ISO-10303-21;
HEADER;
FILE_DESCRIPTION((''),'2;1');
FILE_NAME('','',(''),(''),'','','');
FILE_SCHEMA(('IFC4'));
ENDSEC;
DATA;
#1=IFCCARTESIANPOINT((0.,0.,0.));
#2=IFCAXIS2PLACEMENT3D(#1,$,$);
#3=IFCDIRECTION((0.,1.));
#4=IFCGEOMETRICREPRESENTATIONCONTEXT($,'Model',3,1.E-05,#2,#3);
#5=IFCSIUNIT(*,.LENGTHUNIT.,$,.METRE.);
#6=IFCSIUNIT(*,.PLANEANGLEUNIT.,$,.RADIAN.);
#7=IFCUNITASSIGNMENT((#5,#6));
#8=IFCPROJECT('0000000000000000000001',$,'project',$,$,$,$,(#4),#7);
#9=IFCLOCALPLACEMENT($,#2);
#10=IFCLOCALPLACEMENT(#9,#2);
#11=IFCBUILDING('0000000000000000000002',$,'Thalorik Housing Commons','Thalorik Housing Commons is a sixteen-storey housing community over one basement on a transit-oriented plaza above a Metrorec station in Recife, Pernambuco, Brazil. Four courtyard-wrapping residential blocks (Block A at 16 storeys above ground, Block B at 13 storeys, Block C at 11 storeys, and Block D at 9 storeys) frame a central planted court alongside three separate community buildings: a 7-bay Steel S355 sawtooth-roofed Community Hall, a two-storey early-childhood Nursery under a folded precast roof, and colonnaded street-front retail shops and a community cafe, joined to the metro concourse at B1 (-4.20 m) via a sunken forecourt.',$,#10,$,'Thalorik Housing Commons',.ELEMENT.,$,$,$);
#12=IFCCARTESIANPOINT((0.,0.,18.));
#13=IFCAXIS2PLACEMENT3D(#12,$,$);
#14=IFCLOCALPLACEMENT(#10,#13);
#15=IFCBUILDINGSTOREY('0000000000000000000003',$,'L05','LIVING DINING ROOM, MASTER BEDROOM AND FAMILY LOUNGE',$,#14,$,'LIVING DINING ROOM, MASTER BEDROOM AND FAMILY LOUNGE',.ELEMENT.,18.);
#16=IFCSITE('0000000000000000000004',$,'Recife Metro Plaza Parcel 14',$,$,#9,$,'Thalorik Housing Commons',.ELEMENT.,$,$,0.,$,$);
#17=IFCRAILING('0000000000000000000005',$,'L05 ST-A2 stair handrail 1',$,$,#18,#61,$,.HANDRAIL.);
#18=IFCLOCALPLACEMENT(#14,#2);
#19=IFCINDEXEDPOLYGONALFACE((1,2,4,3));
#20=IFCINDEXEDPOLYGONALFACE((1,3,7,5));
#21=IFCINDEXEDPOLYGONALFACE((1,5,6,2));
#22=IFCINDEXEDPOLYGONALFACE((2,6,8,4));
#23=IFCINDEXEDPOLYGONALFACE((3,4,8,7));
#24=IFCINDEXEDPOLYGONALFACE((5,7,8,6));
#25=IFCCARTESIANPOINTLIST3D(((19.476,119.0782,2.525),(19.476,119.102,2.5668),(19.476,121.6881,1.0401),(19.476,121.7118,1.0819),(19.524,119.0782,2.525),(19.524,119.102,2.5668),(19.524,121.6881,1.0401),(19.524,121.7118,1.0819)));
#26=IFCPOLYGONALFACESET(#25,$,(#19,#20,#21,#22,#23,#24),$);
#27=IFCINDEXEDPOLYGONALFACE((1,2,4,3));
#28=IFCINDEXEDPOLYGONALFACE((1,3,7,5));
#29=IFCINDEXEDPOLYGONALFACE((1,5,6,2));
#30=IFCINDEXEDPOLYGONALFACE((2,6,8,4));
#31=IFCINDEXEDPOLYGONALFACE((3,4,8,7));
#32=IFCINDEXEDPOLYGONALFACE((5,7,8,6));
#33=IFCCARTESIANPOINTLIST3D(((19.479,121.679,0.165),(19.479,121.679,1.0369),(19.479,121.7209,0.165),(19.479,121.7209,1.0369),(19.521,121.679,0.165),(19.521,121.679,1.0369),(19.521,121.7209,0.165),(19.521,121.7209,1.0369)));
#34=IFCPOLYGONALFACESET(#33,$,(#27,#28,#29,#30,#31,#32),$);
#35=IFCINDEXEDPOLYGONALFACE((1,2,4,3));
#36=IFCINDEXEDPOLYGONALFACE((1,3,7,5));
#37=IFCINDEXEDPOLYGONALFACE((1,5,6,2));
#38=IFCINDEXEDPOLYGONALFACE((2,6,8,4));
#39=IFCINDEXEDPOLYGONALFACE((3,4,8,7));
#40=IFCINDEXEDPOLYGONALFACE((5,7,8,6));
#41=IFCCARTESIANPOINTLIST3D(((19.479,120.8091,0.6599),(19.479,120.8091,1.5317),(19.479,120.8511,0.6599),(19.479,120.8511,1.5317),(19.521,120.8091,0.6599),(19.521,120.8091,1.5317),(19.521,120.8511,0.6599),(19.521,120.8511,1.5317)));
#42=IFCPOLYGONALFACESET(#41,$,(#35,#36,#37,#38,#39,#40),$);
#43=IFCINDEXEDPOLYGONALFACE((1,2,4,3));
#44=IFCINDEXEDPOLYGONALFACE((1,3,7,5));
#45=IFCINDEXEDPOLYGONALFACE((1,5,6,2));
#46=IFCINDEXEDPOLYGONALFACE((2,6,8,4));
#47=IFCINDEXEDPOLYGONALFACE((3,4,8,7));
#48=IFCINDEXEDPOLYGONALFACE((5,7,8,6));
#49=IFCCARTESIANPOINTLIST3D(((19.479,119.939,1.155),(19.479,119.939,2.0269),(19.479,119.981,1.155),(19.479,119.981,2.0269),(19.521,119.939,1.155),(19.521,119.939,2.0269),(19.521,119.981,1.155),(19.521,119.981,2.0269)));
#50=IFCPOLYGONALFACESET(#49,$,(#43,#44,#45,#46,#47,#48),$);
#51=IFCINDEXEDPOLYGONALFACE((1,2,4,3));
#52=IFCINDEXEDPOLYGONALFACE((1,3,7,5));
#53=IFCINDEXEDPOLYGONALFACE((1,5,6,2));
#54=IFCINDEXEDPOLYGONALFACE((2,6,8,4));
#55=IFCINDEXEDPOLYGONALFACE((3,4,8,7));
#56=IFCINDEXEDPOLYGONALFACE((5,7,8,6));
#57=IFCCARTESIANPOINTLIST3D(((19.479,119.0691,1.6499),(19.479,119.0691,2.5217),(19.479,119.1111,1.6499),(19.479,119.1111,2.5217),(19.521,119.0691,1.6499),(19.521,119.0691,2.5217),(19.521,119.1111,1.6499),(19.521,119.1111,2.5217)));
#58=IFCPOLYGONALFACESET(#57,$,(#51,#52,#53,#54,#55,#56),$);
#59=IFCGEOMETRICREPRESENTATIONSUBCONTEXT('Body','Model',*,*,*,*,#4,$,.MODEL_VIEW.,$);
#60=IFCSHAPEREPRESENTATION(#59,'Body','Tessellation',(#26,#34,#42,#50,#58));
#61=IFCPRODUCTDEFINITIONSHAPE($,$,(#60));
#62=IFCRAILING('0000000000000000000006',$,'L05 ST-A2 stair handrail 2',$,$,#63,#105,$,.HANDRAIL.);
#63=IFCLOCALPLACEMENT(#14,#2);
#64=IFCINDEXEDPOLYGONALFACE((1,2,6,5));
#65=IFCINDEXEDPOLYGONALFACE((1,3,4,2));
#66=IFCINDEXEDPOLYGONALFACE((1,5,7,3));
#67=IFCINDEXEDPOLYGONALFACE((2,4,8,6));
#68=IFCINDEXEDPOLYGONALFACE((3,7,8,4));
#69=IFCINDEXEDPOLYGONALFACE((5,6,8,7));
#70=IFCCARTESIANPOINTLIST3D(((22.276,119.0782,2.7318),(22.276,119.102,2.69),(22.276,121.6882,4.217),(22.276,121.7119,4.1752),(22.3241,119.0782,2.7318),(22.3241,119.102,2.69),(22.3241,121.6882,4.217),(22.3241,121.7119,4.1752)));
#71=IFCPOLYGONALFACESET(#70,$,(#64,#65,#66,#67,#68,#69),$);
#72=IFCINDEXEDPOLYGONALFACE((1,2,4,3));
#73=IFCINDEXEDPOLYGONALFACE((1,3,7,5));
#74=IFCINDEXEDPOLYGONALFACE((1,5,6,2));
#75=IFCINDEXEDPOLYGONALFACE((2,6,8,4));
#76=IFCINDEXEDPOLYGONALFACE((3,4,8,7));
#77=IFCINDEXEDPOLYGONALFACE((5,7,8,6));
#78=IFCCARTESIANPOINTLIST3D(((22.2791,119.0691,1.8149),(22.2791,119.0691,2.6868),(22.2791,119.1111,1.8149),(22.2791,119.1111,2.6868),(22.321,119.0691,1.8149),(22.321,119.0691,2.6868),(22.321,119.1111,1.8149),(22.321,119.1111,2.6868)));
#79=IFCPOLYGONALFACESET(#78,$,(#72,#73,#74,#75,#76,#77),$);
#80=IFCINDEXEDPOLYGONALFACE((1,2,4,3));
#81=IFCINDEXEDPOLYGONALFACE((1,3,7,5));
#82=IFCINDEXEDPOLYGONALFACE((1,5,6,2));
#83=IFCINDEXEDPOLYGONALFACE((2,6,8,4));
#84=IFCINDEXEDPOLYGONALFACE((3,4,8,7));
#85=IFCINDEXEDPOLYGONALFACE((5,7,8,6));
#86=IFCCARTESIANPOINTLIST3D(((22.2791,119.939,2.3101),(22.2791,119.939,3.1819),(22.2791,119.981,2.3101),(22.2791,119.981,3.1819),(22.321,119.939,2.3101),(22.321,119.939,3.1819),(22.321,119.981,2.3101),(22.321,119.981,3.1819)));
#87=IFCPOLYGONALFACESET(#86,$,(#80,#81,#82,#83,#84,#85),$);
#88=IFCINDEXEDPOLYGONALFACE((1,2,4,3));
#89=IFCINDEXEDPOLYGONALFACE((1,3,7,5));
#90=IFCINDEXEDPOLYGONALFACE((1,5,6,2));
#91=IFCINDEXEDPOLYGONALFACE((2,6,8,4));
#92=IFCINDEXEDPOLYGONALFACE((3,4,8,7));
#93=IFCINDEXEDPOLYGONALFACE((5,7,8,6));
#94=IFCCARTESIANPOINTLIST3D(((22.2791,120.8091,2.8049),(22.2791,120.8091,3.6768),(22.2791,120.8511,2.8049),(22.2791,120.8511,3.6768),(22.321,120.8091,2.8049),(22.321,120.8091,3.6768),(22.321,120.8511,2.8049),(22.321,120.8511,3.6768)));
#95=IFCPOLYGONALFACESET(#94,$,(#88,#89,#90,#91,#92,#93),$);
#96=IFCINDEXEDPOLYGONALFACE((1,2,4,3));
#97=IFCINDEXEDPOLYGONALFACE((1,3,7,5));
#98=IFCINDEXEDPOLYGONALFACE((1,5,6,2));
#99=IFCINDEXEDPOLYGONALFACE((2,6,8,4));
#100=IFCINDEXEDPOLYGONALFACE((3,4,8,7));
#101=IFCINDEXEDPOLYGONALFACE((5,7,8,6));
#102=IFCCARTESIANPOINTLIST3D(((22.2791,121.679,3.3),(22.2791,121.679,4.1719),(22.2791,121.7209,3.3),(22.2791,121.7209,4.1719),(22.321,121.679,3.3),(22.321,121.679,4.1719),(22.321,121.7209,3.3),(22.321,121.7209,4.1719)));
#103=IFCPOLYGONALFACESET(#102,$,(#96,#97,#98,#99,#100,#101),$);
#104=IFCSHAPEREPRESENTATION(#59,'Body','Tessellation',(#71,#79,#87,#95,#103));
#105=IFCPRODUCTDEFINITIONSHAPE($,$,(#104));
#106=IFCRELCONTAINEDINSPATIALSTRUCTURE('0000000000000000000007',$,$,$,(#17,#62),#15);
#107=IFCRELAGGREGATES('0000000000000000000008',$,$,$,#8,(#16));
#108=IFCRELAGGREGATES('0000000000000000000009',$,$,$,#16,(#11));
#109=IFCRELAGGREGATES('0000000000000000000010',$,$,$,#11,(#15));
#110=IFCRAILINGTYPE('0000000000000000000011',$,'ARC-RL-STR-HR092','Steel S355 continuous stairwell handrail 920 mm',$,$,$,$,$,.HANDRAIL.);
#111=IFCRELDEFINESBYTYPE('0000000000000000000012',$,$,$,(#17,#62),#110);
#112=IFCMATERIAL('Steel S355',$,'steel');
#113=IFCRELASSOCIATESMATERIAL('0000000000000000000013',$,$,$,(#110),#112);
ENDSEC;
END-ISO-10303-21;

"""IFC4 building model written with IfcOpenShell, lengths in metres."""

from ifc_helpers import new_model, si_unit, direction, frame, origin, origin_2d, place, context, subcontext, project, spatial, rectangle, extrude, material, type_object, element, save


model = new_model("IFC4")

# Units and contexts
model_context = context("Model", 3, precision=1e-05, world=origin(), true_north=direction((0.0, 1.0)))
body_context = subcontext(model_context, "Body", "Model", "MODEL_VIEW")
ifc_project = project(units=[si_unit("LENGTHUNIT", "METRE"), si_unit("PLANEANGLEUNIT", "RADIAN")], contexts=[model_context])

# Site, building, storey
site_placement = place(None, origin())
site = spatial("IfcSite", under=ifc_project, at=site_placement, Name="Recife Metro Plaza Parcel 14", LongName="Thalorik Housing Commons", CompositionType="ELEMENT", RefElevation=0.0)
building_placement = place(site_placement, origin())
building = spatial("IfcBuilding", under=site, at=building_placement, Name="Thalorik Housing Commons", Description="Thalorik Housing Commons is a sixteen-storey housing community over one basement on a transit-oriented plaza above a Metrorec station in Recife, Pernambuco, Brazil. Four courtyard-wrapping residential blocks (Block A at 16 storeys above ground, Block B at 13 storeys, Block C at 11 storeys, and Block D at 9 storeys) frame a central planted court alongside three separate community buildings: a 7-bay Steel S355 sawtooth-roofed Community Hall, a two-storey early-childhood Nursery under a folded precast roof, and colonnaded street-front retail shops and a community cafe, joined to the metro concourse at B1 (-4.20 m) via a sunken forecourt.", LongName="Thalorik Housing Commons", CompositionType="ELEMENT")
storey_placement = place(building_placement, frame((0.0, 0.0, 18.0)))
storey = spatial("IfcBuildingStorey", under=building, at=storey_placement, Name="L05", Description="LIVING DINING ROOM, MASTER BEDROOM AND FAMILY LOUNGE", LongName="LIVING DINING ROOM, MASTER BEDROOM AND FAMILY LOUNGE", CompositionType="ELEMENT", Elevation=18.0)

# Shared definitions
ifc_material_1 = material(Name="Steel S355", Category="steel")

# Railings
railing_type_1 = type_object("IfcRailingType", Name="ARC-RL-STR-HR092", Description="Steel S355 continuous stairwell handrail 920 mm", PredefinedType="HANDRAIL", material=ifc_material_1)
railing_1_placement = place(storey_placement, frame((19.5, 121.7, 0.165)))
element("IfcRailing", 1, at=railing_1_placement, inside=storey, type_object=railing_type_1, Name="L05 ST-A2 stair handrail 1", PredefinedType="HANDRAIL", context=body_context, shape_type="SweptSolid", body=[
    extrude(rectangle(XDim=0.0481, YDim=0.0481, at=origin_2d()), frame((0.0, 0.0, 0.896), z_axis=(0.0, -0.869172, 0.494509), x_axis=(1.0, 0.0, 0.0)), (0.0, 0.0, 1.0), 3.0027),
    extrude(rectangle(XDim=0.042, YDim=0.042, at=origin_2d()), origin(), (0.0, 0.0, 1.0), 0.8718),
    extrude(rectangle(XDim=0.042, YDim=0.042, at=origin_2d()), frame((0.0, -0.8699, 0.4949)), (0.0, 0.0, 1.0), 0.8718),
    extrude(rectangle(XDim=0.042, YDim=0.042, at=origin_2d()), frame((0.0, -1.74, 0.99)), (0.0, 0.0, 1.0), 0.8718),
    extrude(rectangle(XDim=0.042, YDim=0.042, at=origin_2d()), frame((0.0, -2.6099, 1.4849)), (0.0, 0.0, 1.0), 0.8718),
])
railing_2_placement = place(storey_placement, frame((22.3, 119.0901, 1.8149)))
element("IfcRailing", 2, at=railing_2_placement, inside=storey, type_object=railing_type_1, Name="L05 ST-A2 stair handrail 2", PredefinedType="HANDRAIL", context=body_context, shape_type="SweptSolid", body=[
    extrude(rectangle(XDim=0.0481, YDim=0.0481, at=origin_2d()), frame((0.0, 0.0, 0.896), z_axis=(0.0, 0.869137, 0.494571), x_axis=(-1.0, 0.0, 0.0)), (0.0, 0.0, 1.0), 3.0029),
    extrude(rectangle(XDim=0.042, YDim=0.042, at=origin_2d()), origin(), (0.0, 0.0, 1.0), 0.8718),
    extrude(rectangle(XDim=0.042, YDim=0.042, at=origin_2d()), frame((0.0, 0.8699, 0.4951)), (0.0, 0.0, 1.0), 0.8718),
    extrude(rectangle(XDim=0.042, YDim=0.042, at=origin_2d()), frame((0.0, 1.74, 0.99)), (0.0, 0.0, 1.0), 0.8718),
    extrude(rectangle(XDim=0.042, YDim=0.042, at=origin_2d()), frame((0.0, 2.6099, 1.4851)), (0.0, 0.0, 1.0), 0.8718),
])

save(model, "model.ifc")
